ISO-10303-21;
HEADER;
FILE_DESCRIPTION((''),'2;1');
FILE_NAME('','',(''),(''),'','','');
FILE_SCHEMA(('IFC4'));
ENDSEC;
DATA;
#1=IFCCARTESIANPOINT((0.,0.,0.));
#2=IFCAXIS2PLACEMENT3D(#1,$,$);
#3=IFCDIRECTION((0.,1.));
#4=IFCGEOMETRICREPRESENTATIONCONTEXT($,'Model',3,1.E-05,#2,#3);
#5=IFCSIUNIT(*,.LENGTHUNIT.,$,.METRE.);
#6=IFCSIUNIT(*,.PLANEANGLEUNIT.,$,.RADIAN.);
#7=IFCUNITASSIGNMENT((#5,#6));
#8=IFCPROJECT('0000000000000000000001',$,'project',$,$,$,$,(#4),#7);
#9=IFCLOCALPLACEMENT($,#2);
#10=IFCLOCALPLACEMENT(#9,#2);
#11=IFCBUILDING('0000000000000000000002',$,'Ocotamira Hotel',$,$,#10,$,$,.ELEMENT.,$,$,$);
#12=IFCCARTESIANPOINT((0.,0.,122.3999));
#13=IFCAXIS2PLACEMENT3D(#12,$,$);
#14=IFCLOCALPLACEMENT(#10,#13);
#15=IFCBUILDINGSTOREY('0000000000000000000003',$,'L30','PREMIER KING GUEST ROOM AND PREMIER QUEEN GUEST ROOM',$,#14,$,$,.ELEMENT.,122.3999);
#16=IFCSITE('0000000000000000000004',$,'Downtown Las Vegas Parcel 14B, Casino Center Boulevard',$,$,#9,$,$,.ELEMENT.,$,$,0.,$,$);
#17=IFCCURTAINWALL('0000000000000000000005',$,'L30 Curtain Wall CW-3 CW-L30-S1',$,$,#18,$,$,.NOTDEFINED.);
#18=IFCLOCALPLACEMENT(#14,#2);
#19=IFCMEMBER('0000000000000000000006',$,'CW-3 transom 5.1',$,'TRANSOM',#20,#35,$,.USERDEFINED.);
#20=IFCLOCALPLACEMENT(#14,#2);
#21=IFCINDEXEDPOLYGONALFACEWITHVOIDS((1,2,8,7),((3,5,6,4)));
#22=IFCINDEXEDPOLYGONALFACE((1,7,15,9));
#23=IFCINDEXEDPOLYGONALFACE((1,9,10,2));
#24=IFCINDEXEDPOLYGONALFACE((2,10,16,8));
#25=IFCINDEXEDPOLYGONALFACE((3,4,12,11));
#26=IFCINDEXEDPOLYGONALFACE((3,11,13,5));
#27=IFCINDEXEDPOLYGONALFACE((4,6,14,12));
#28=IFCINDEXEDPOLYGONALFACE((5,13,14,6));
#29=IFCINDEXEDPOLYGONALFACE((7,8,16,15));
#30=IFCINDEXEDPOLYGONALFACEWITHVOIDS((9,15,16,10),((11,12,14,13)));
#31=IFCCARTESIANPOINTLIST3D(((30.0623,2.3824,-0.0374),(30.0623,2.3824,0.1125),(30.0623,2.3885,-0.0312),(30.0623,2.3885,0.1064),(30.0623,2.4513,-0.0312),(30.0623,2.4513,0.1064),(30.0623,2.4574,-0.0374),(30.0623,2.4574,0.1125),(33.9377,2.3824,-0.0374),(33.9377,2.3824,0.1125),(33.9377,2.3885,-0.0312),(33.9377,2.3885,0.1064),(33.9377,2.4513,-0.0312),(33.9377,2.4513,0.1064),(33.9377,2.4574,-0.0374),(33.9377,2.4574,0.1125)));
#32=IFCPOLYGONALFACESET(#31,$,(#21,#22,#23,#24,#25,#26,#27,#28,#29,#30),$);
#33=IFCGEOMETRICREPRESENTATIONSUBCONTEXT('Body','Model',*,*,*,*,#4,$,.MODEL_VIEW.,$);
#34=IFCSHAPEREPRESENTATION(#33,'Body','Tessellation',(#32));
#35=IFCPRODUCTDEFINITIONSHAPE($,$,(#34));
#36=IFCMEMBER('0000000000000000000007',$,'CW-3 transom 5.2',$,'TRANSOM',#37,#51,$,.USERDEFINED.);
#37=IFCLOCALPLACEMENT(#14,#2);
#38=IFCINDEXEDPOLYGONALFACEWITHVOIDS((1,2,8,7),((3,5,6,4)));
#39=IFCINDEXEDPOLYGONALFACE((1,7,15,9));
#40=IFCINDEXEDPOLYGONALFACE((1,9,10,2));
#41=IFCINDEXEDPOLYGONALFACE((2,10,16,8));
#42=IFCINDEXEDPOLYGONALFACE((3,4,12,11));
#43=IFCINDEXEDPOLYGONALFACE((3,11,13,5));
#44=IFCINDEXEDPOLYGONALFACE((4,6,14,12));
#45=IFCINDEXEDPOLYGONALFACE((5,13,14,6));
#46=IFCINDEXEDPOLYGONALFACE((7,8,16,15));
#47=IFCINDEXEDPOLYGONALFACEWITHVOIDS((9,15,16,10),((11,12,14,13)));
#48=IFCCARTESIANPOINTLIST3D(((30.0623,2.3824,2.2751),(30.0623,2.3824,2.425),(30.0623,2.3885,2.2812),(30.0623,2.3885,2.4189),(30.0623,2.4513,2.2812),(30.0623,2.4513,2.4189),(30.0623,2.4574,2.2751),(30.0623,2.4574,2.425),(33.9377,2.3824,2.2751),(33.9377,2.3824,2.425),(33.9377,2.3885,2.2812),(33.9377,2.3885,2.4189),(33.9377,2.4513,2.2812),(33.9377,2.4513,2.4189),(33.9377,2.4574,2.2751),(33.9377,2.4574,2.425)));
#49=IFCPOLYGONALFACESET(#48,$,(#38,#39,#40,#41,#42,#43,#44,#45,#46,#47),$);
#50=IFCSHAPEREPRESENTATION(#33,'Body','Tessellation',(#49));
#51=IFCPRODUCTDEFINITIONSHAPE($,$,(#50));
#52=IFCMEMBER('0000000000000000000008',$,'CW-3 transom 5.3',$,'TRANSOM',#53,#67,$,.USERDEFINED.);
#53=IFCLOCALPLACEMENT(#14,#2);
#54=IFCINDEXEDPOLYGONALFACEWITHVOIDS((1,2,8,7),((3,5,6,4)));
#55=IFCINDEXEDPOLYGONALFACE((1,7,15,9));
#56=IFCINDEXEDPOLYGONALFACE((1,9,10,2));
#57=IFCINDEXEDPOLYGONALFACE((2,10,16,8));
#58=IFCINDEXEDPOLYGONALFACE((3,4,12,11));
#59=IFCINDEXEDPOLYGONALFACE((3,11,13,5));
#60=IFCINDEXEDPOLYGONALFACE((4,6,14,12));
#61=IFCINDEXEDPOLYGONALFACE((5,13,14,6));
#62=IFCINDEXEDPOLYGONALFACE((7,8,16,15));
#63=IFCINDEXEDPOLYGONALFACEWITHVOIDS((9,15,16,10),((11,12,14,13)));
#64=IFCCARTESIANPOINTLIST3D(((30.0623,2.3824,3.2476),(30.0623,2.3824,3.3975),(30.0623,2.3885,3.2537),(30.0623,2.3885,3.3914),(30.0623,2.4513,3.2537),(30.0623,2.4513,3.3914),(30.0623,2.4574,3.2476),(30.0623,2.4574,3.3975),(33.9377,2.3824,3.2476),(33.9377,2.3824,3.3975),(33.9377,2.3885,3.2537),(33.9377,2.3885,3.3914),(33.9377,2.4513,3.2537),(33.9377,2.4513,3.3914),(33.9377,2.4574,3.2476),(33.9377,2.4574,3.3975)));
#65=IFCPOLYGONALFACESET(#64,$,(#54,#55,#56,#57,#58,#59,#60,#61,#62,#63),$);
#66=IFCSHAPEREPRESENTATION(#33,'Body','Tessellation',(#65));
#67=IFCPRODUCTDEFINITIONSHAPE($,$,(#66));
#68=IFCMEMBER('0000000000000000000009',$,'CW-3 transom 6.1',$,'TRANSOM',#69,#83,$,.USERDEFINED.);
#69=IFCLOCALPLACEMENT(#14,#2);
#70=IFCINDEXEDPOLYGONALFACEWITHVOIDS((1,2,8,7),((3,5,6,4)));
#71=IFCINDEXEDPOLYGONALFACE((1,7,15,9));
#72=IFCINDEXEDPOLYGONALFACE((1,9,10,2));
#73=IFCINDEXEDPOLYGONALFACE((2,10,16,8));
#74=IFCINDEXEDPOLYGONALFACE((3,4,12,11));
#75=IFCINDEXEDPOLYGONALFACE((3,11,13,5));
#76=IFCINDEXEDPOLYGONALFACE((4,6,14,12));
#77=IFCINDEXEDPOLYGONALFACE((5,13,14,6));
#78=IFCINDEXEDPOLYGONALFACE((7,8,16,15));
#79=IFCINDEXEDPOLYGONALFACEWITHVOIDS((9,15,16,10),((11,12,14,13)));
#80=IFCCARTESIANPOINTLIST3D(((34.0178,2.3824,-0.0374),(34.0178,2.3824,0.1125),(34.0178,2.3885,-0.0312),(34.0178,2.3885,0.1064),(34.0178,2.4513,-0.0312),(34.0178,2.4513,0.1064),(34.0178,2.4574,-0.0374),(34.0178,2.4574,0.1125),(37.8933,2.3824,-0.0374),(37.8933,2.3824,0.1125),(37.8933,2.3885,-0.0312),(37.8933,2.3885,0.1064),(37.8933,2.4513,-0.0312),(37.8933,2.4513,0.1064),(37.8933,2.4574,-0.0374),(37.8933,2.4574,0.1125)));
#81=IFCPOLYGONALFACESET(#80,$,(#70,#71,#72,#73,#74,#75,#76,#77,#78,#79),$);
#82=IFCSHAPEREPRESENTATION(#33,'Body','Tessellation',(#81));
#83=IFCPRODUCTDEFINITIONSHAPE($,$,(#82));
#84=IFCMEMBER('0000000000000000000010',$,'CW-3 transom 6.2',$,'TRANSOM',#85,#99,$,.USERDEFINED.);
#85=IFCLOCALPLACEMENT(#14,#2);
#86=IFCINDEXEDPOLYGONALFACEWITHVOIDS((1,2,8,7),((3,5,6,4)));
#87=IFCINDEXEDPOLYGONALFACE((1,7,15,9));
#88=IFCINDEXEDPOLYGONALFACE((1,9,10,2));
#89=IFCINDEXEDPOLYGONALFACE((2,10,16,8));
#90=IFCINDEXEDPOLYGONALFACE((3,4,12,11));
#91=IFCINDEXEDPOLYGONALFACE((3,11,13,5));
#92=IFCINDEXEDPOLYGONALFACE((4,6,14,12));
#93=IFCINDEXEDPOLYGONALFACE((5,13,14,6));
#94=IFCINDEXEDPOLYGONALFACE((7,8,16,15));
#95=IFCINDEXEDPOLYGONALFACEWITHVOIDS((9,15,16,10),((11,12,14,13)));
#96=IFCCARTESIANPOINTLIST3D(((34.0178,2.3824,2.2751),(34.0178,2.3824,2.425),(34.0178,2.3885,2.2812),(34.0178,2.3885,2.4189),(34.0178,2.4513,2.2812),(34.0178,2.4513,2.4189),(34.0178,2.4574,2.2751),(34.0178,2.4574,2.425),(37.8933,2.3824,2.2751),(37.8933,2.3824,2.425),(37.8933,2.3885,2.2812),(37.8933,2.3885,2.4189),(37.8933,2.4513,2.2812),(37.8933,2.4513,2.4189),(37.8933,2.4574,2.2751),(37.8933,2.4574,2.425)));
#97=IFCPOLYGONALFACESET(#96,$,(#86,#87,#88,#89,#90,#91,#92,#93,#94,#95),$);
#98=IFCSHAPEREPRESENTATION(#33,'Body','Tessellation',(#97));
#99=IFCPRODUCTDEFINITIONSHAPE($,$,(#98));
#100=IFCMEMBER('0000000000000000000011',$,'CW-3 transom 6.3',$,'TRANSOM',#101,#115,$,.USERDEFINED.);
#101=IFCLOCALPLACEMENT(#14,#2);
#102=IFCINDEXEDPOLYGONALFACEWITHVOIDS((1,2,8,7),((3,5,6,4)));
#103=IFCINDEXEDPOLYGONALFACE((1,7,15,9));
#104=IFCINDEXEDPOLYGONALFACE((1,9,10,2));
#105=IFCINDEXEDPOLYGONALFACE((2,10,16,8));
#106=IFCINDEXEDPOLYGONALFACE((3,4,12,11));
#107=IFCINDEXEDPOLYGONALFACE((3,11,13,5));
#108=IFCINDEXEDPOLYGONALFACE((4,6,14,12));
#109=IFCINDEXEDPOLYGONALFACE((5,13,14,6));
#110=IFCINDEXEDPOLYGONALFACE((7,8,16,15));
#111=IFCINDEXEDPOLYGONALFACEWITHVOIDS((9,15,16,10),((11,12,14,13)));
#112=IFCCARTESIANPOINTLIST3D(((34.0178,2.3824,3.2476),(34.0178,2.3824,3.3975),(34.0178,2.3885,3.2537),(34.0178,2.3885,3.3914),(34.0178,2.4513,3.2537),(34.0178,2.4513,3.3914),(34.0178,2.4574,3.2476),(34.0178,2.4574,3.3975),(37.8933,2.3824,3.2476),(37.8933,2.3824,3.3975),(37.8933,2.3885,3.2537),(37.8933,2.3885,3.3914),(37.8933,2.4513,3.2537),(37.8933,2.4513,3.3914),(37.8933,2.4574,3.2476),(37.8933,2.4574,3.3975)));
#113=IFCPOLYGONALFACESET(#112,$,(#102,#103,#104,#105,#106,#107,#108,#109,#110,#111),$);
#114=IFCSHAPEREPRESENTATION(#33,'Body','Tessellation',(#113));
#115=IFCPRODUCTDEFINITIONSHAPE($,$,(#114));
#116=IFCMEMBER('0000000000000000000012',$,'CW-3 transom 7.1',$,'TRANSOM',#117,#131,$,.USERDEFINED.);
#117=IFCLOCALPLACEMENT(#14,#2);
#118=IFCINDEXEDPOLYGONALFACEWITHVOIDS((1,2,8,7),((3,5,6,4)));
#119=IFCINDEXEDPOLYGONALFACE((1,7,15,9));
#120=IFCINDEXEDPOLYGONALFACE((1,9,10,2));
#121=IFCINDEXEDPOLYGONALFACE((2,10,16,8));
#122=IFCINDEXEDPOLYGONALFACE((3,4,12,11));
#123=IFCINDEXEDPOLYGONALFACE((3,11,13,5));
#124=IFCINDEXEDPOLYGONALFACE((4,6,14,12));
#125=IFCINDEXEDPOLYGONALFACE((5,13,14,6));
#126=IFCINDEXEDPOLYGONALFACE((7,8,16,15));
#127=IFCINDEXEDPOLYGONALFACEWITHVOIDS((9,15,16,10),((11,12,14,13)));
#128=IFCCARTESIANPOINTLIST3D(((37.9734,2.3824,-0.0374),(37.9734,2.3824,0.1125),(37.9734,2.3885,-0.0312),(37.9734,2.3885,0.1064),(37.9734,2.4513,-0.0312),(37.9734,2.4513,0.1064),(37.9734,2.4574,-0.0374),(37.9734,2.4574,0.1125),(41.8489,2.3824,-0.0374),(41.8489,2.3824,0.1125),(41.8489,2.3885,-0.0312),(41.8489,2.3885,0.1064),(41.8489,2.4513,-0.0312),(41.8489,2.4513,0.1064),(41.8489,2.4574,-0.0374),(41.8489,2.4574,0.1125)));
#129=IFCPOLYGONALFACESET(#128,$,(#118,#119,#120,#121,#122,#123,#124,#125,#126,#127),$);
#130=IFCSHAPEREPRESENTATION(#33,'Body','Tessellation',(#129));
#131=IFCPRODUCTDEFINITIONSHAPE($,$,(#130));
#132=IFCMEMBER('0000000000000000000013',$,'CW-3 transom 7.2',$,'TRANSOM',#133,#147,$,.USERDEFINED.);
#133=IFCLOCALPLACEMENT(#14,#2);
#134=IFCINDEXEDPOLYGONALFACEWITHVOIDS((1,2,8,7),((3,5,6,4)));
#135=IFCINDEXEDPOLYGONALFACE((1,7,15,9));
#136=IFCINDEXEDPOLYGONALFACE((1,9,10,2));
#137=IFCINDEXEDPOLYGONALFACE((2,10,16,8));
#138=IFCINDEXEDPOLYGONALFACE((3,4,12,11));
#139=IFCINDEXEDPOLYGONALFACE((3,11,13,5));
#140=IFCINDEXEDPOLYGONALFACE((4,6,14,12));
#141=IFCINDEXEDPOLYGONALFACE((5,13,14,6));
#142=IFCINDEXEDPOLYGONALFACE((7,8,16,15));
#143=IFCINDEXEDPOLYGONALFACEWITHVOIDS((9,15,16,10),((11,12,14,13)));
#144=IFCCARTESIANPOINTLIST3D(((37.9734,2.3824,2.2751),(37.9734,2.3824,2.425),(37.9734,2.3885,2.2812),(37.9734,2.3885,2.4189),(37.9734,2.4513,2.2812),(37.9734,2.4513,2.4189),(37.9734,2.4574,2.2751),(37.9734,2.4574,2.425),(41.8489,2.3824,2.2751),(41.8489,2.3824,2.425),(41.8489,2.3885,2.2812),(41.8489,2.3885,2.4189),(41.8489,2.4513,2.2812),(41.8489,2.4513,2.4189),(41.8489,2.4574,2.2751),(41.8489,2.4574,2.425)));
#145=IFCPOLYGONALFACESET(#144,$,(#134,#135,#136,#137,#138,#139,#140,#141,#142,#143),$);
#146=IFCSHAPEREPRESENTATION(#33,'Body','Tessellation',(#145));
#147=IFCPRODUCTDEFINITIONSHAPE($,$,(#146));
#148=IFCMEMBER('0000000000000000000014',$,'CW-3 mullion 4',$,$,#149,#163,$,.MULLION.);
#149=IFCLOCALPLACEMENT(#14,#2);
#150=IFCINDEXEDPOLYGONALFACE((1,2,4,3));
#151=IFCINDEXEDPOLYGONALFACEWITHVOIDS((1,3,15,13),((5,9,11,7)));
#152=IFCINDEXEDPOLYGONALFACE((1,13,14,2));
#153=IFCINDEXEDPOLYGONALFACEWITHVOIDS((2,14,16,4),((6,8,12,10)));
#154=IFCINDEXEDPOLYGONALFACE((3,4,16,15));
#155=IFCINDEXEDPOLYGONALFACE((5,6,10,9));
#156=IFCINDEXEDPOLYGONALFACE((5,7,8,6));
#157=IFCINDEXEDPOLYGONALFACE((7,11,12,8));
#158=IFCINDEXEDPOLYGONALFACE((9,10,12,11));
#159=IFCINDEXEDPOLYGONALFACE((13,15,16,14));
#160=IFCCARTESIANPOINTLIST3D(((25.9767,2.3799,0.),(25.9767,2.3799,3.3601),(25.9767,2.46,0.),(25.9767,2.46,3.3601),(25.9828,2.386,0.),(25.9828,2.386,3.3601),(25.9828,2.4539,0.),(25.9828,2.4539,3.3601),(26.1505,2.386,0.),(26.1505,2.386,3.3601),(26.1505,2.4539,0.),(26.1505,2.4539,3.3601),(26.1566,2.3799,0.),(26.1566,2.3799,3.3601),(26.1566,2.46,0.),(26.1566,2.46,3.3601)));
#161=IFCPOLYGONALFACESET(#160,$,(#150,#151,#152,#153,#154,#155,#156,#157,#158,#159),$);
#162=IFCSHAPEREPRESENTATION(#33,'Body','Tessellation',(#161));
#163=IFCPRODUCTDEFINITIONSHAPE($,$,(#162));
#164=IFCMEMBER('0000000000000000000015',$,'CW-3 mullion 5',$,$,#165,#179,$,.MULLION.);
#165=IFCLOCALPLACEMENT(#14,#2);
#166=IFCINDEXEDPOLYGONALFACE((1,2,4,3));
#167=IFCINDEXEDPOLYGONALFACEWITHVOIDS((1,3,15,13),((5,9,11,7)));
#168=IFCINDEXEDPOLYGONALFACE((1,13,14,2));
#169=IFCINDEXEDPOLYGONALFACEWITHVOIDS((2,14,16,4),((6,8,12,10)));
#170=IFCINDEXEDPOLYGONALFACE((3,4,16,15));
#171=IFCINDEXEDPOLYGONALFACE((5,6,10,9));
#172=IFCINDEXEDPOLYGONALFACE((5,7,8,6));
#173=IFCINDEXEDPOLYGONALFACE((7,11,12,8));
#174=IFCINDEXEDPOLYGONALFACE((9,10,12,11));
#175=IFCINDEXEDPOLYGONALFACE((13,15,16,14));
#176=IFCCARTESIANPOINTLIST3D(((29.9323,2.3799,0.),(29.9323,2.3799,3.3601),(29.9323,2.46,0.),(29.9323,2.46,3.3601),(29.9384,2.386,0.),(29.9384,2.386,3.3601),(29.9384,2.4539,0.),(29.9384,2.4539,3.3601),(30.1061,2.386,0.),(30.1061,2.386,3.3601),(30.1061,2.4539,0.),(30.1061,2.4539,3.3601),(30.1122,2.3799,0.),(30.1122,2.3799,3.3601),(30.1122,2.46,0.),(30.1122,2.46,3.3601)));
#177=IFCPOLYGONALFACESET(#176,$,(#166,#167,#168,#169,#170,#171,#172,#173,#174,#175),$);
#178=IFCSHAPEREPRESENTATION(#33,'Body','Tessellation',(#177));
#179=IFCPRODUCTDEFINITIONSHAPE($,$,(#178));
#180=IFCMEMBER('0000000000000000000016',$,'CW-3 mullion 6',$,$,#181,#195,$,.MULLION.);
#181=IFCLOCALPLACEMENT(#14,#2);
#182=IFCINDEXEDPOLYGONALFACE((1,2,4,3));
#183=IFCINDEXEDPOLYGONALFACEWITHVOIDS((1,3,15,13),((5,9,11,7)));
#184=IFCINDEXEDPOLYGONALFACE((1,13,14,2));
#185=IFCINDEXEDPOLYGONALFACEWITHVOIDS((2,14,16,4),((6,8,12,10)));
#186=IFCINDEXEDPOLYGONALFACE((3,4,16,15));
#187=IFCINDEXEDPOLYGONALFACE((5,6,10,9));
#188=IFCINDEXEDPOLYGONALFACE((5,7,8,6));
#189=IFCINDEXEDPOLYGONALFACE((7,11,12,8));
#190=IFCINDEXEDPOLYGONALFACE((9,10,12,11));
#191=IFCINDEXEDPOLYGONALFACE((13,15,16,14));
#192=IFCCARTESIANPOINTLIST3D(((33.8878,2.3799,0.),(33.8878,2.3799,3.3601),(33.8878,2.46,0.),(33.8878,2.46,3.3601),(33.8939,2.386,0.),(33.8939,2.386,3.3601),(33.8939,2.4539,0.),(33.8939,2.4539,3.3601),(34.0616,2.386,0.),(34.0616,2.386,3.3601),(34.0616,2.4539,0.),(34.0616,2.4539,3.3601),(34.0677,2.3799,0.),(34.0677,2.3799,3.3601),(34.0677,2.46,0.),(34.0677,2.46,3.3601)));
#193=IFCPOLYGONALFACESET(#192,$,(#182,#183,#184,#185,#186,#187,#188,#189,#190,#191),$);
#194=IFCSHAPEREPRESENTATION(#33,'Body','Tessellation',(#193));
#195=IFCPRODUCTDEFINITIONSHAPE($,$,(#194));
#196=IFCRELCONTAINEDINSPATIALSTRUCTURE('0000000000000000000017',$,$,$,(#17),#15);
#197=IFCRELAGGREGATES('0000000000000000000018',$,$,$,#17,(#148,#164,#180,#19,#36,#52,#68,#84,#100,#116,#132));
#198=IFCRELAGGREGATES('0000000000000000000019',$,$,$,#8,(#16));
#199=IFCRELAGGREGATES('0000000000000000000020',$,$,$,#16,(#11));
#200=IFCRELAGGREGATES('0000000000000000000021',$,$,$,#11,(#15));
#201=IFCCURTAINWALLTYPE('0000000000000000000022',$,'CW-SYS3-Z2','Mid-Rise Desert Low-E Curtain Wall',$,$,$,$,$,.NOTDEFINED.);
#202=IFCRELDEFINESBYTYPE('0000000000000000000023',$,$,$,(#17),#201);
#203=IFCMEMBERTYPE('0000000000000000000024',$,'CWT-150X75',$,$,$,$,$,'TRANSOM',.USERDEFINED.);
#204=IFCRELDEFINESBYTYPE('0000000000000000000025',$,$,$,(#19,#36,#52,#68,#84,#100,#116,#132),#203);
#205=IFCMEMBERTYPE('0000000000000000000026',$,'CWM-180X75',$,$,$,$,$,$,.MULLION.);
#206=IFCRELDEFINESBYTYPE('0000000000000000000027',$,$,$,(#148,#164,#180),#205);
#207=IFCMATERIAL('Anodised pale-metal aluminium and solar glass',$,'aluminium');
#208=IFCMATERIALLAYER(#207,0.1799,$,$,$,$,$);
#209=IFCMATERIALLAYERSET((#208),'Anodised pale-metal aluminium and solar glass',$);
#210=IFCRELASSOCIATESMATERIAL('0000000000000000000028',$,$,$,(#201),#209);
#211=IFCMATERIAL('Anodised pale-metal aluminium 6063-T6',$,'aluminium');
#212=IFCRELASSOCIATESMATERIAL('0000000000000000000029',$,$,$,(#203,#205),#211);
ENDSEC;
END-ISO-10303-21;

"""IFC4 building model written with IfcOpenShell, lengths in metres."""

from ifc_helpers import new_model, si_unit, direction, frame, origin, origin_2d, place, context, subcontext, project, spatial, hollow_rectangle, extrude, source, transform, mapped, material, layer, layer_set, material_profile, profile_set, type_object, element, aggregate, save


model = new_model("IFC4")

# Units and contexts
model_context = context("Model", 3, precision=1e-05, world=origin(), true_north=direction((0.0, 1.0)))
body_context = subcontext(model_context, "Body", "Model", "MODEL_VIEW")
ifc_project = project(units=[si_unit("LENGTHUNIT", "METRE"), si_unit("PLANEANGLEUNIT", "RADIAN")], contexts=[model_context])

# Site, building, storey
site_placement = place(None, origin())
site = spatial("IfcSite", under=ifc_project, at=site_placement, Name="Downtown Las Vegas Parcel 14B, Casino Center Boulevard", CompositionType="ELEMENT", RefElevation=0.0)
building_placement = place(site_placement, origin())
building = spatial("IfcBuilding", under=site, at=building_placement, Name="Ocotamira Hotel", CompositionType="ELEMENT")
storey_placement = place(building_placement, frame((0.0, 0.0, 122.3999)))
storey = spatial("IfcBuildingStorey", under=building, at=storey_placement, Name="L30", Description="PREMIER KING GUEST ROOM AND PREMIER QUEEN GUEST ROOM", CompositionType="ELEMENT", Elevation=122.3999)

# Curtain wall, members
ifc_material_1 = material(Name="Anodised pale-metal aluminium and solar glass", Category="aluminium")
ifc_layer_1 = layer(ifc_material_1, 0.1799)
ifc_layer_set_1 = layer_set([ifc_layer_1], Name="Anodised pale-metal aluminium and solar glass")
curtain_wall_type = type_object("IfcCurtainWallType", Name="CW-SYS3-Z2", Description="Mid-Rise Desert Low-E Curtain Wall", PredefinedType="NOTDEFINED", material=ifc_layer_set_1)
curtain_wall_placement = place(storey_placement, origin())
curtain_wall = element("IfcCurtainWall", 1, at=curtain_wall_placement, inside=storey, type_object=curtain_wall_type, Name="L30 Curtain Wall CW-3 CW-L30-S1", PredefinedType="NOTDEFINED")
ifc_material_2 = material(Name="Anodised pale-metal aluminium 6063-T6", Category="aluminium")
ifc_material_profile_1 = material_profile(ifc_material_2, hollow_rectangle(XDim=0.075, YDim=0.1499, WallThickness=0.0061, at=origin_2d()), Name="HSS150X75X6")
ifc_profile_set_1 = profile_set([ifc_material_profile_1], Name="Anodised pale-metal aluminium 6063-T6")
member_type_1 = type_object("IfcMemberType", Name="CWT-150X75", ElementType="TRANSOM", PredefinedType="USERDEFINED", material=ifc_profile_set_1)
shared_shape_1 = source(origin(), body_context, "Body", "SweptSolid", [
    extrude(hollow_rectangle(XDim=0.075, YDim=0.1499, WallThickness=0.0061, at=origin_2d()), origin(), (0.0, 0.0, 1.0), 3.8755),
])
member_1_placement = place(storey_placement, frame((30.0623, 2.4199, 0.0376), z_axis=(1.0, 0.0, 0.0), x_axis=(0.0, 1.0, 0.0)))
member_1 = element("IfcMember", 2, at=member_1_placement, type_object=member_type_1, Name="CW-3 transom 5.1", ObjectType="TRANSOM", PredefinedType="USERDEFINED", context=body_context, shape_type="MappedRepresentation", body=[
    mapped(shared_shape_1, transform((0.0, 0.0, 0.0), scale=1.0)),
])
member_2_placement = place(storey_placement, frame((30.0623, 2.4199, 2.3501), z_axis=(1.0, 0.0, 0.0), x_axis=(0.0, 1.0, 0.0)))
member_2 = element("IfcMember", 3, at=member_2_placement, type_object=member_type_1, Name="CW-3 transom 5.2", ObjectType="TRANSOM", PredefinedType="USERDEFINED", context=body_context, shape_type="MappedRepresentation", body=[
    mapped(shared_shape_1, transform((0.0, 0.0, 0.0), scale=1.0)),
])
member_3_placement = place(storey_placement, frame((30.0623, 2.4199, 3.3225), z_axis=(1.0, 0.0, 0.0), x_axis=(0.0, 1.0, 0.0)))
member_3 = element("IfcMember", 4, at=member_3_placement, type_object=member_type_1, Name="CW-3 transom 5.3", ObjectType="TRANSOM", PredefinedType="USERDEFINED", context=body_context, shape_type="MappedRepresentation", body=[
    mapped(shared_shape_1, transform((0.0, 0.0, 0.0), scale=1.0)),
])
member_4_placement = place(storey_placement, frame((34.0178, 2.4199, 0.0376), z_axis=(1.0, 0.0, 0.0), x_axis=(0.0, 1.0, 0.0)))
member_4 = element("IfcMember", 5, at=member_4_placement, type_object=member_type_1, Name="CW-3 transom 6.1", ObjectType="TRANSOM", PredefinedType="USERDEFINED", context=body_context, shape_type="MappedRepresentation", body=[
    mapped(shared_shape_1, transform((0.0, 0.0, 0.0), scale=1.0)),
])
member_5_placement = place(storey_placement, frame((34.0178, 2.4199, 2.3501), z_axis=(1.0, 0.0, 0.0), x_axis=(0.0, 1.0, 0.0)))
member_5 = element("IfcMember", 6, at=member_5_placement, type_object=member_type_1, Name="CW-3 transom 6.2", ObjectType="TRANSOM", PredefinedType="USERDEFINED", context=body_context, shape_type="MappedRepresentation", body=[
    mapped(shared_shape_1, transform((0.0, 0.0, 0.0), scale=1.0)),
])
member_6_placement = place(storey_placement, frame((34.0178, 2.4199, 3.3225), z_axis=(1.0, 0.0, 0.0), x_axis=(0.0, 1.0, 0.0)))
member_6 = element("IfcMember", 7, at=member_6_placement, type_object=member_type_1, Name="CW-3 transom 6.3", ObjectType="TRANSOM", PredefinedType="USERDEFINED", context=body_context, shape_type="MappedRepresentation", body=[
    mapped(shared_shape_1, transform((0.0, 0.0, 0.0), scale=1.0)),
])
member_7_placement = place(storey_placement, frame((37.9734, 2.4199, 0.0376), z_axis=(1.0, 0.0, 0.0), x_axis=(0.0, 1.0, 0.0)))
member_7 = element("IfcMember", 8, at=member_7_placement, type_object=member_type_1, Name="CW-3 transom 7.1", ObjectType="TRANSOM", PredefinedType="USERDEFINED", context=body_context, shape_type="MappedRepresentation", body=[
    mapped(shared_shape_1, transform((0.0, 0.0, 0.0), scale=1.0)),
])
member_8_placement = place(storey_placement, frame((37.9734, 2.4199, 2.3501), z_axis=(1.0, 0.0, 0.0), x_axis=(0.0, 1.0, 0.0)))
member_8 = element("IfcMember", 9, at=member_8_placement, type_object=member_type_1, Name="CW-3 transom 7.2", ObjectType="TRANSOM", PredefinedType="USERDEFINED", context=body_context, shape_type="MappedRepresentation", body=[
    mapped(shared_shape_1, transform((0.0, 0.0, 0.0), scale=1.0)),
])
ifc_material_profile_2 = material_profile(ifc_material_2, hollow_rectangle(XDim=0.0801, YDim=0.1799, WallThickness=0.0061, at=origin_2d()), Name="HSS180X80X6")
ifc_profile_set_2 = profile_set([ifc_material_profile_2], Name="Anodised pale-metal aluminium 6063-T6")
member_type_2 = type_object("IfcMemberType", Name="CWM-180X75", PredefinedType="MULLION", material=ifc_profile_set_2)
shared_shape_2 = source(origin(), body_context, "Body", "SweptSolid", [
    extrude(hollow_rectangle(XDim=0.0801, YDim=0.1799, WallThickness=0.0061, at=origin_2d()), origin(), (0.0, 0.0, 1.0), 3.3601),
])
member_9_placement = place(storey_placement, frame((26.0667, 2.4199, 0.0), z_axis=(0.0, 0.0, 1.0), x_axis=(0.0, 1.0, 0.0)))
member_9 = element("IfcMember", 10, at=member_9_placement, type_object=member_type_2, Name="CW-3 mullion 4", PredefinedType="MULLION", context=body_context, shape_type="MappedRepresentation", body=[
    mapped(shared_shape_2, transform((0.0, 0.0, 0.0), scale=1.0)),
])
member_10_placement = place(storey_placement, frame((30.0222, 2.4199, 0.0), z_axis=(0.0, 0.0, 1.0), x_axis=(0.0, 1.0, 0.0)))
member_10 = element("IfcMember", 11, at=member_10_placement, type_object=member_type_2, Name="CW-3 mullion 5", PredefinedType="MULLION", context=body_context, shape_type="MappedRepresentation", body=[
    mapped(shared_shape_2, transform((0.0, 0.0, 0.0), scale=1.0)),
])
member_11_placement = place(storey_placement, frame((33.9778, 2.4199, 0.0), z_axis=(0.0, 0.0, 1.0), x_axis=(0.0, 1.0, 0.0)))
member_11 = element("IfcMember", 12, at=member_11_placement, type_object=member_type_2, Name="CW-3 mullion 6", PredefinedType="MULLION", context=body_context, shape_type="MappedRepresentation", body=[
    mapped(shared_shape_2, transform((0.0, 0.0, 0.0), scale=1.0)),
])

aggregate(curtain_wall, [member_9, member_10, member_11, member_1, member_2, member_3, member_4, member_5, member_6, member_7, member_8])

save(model, "model.ifc")
